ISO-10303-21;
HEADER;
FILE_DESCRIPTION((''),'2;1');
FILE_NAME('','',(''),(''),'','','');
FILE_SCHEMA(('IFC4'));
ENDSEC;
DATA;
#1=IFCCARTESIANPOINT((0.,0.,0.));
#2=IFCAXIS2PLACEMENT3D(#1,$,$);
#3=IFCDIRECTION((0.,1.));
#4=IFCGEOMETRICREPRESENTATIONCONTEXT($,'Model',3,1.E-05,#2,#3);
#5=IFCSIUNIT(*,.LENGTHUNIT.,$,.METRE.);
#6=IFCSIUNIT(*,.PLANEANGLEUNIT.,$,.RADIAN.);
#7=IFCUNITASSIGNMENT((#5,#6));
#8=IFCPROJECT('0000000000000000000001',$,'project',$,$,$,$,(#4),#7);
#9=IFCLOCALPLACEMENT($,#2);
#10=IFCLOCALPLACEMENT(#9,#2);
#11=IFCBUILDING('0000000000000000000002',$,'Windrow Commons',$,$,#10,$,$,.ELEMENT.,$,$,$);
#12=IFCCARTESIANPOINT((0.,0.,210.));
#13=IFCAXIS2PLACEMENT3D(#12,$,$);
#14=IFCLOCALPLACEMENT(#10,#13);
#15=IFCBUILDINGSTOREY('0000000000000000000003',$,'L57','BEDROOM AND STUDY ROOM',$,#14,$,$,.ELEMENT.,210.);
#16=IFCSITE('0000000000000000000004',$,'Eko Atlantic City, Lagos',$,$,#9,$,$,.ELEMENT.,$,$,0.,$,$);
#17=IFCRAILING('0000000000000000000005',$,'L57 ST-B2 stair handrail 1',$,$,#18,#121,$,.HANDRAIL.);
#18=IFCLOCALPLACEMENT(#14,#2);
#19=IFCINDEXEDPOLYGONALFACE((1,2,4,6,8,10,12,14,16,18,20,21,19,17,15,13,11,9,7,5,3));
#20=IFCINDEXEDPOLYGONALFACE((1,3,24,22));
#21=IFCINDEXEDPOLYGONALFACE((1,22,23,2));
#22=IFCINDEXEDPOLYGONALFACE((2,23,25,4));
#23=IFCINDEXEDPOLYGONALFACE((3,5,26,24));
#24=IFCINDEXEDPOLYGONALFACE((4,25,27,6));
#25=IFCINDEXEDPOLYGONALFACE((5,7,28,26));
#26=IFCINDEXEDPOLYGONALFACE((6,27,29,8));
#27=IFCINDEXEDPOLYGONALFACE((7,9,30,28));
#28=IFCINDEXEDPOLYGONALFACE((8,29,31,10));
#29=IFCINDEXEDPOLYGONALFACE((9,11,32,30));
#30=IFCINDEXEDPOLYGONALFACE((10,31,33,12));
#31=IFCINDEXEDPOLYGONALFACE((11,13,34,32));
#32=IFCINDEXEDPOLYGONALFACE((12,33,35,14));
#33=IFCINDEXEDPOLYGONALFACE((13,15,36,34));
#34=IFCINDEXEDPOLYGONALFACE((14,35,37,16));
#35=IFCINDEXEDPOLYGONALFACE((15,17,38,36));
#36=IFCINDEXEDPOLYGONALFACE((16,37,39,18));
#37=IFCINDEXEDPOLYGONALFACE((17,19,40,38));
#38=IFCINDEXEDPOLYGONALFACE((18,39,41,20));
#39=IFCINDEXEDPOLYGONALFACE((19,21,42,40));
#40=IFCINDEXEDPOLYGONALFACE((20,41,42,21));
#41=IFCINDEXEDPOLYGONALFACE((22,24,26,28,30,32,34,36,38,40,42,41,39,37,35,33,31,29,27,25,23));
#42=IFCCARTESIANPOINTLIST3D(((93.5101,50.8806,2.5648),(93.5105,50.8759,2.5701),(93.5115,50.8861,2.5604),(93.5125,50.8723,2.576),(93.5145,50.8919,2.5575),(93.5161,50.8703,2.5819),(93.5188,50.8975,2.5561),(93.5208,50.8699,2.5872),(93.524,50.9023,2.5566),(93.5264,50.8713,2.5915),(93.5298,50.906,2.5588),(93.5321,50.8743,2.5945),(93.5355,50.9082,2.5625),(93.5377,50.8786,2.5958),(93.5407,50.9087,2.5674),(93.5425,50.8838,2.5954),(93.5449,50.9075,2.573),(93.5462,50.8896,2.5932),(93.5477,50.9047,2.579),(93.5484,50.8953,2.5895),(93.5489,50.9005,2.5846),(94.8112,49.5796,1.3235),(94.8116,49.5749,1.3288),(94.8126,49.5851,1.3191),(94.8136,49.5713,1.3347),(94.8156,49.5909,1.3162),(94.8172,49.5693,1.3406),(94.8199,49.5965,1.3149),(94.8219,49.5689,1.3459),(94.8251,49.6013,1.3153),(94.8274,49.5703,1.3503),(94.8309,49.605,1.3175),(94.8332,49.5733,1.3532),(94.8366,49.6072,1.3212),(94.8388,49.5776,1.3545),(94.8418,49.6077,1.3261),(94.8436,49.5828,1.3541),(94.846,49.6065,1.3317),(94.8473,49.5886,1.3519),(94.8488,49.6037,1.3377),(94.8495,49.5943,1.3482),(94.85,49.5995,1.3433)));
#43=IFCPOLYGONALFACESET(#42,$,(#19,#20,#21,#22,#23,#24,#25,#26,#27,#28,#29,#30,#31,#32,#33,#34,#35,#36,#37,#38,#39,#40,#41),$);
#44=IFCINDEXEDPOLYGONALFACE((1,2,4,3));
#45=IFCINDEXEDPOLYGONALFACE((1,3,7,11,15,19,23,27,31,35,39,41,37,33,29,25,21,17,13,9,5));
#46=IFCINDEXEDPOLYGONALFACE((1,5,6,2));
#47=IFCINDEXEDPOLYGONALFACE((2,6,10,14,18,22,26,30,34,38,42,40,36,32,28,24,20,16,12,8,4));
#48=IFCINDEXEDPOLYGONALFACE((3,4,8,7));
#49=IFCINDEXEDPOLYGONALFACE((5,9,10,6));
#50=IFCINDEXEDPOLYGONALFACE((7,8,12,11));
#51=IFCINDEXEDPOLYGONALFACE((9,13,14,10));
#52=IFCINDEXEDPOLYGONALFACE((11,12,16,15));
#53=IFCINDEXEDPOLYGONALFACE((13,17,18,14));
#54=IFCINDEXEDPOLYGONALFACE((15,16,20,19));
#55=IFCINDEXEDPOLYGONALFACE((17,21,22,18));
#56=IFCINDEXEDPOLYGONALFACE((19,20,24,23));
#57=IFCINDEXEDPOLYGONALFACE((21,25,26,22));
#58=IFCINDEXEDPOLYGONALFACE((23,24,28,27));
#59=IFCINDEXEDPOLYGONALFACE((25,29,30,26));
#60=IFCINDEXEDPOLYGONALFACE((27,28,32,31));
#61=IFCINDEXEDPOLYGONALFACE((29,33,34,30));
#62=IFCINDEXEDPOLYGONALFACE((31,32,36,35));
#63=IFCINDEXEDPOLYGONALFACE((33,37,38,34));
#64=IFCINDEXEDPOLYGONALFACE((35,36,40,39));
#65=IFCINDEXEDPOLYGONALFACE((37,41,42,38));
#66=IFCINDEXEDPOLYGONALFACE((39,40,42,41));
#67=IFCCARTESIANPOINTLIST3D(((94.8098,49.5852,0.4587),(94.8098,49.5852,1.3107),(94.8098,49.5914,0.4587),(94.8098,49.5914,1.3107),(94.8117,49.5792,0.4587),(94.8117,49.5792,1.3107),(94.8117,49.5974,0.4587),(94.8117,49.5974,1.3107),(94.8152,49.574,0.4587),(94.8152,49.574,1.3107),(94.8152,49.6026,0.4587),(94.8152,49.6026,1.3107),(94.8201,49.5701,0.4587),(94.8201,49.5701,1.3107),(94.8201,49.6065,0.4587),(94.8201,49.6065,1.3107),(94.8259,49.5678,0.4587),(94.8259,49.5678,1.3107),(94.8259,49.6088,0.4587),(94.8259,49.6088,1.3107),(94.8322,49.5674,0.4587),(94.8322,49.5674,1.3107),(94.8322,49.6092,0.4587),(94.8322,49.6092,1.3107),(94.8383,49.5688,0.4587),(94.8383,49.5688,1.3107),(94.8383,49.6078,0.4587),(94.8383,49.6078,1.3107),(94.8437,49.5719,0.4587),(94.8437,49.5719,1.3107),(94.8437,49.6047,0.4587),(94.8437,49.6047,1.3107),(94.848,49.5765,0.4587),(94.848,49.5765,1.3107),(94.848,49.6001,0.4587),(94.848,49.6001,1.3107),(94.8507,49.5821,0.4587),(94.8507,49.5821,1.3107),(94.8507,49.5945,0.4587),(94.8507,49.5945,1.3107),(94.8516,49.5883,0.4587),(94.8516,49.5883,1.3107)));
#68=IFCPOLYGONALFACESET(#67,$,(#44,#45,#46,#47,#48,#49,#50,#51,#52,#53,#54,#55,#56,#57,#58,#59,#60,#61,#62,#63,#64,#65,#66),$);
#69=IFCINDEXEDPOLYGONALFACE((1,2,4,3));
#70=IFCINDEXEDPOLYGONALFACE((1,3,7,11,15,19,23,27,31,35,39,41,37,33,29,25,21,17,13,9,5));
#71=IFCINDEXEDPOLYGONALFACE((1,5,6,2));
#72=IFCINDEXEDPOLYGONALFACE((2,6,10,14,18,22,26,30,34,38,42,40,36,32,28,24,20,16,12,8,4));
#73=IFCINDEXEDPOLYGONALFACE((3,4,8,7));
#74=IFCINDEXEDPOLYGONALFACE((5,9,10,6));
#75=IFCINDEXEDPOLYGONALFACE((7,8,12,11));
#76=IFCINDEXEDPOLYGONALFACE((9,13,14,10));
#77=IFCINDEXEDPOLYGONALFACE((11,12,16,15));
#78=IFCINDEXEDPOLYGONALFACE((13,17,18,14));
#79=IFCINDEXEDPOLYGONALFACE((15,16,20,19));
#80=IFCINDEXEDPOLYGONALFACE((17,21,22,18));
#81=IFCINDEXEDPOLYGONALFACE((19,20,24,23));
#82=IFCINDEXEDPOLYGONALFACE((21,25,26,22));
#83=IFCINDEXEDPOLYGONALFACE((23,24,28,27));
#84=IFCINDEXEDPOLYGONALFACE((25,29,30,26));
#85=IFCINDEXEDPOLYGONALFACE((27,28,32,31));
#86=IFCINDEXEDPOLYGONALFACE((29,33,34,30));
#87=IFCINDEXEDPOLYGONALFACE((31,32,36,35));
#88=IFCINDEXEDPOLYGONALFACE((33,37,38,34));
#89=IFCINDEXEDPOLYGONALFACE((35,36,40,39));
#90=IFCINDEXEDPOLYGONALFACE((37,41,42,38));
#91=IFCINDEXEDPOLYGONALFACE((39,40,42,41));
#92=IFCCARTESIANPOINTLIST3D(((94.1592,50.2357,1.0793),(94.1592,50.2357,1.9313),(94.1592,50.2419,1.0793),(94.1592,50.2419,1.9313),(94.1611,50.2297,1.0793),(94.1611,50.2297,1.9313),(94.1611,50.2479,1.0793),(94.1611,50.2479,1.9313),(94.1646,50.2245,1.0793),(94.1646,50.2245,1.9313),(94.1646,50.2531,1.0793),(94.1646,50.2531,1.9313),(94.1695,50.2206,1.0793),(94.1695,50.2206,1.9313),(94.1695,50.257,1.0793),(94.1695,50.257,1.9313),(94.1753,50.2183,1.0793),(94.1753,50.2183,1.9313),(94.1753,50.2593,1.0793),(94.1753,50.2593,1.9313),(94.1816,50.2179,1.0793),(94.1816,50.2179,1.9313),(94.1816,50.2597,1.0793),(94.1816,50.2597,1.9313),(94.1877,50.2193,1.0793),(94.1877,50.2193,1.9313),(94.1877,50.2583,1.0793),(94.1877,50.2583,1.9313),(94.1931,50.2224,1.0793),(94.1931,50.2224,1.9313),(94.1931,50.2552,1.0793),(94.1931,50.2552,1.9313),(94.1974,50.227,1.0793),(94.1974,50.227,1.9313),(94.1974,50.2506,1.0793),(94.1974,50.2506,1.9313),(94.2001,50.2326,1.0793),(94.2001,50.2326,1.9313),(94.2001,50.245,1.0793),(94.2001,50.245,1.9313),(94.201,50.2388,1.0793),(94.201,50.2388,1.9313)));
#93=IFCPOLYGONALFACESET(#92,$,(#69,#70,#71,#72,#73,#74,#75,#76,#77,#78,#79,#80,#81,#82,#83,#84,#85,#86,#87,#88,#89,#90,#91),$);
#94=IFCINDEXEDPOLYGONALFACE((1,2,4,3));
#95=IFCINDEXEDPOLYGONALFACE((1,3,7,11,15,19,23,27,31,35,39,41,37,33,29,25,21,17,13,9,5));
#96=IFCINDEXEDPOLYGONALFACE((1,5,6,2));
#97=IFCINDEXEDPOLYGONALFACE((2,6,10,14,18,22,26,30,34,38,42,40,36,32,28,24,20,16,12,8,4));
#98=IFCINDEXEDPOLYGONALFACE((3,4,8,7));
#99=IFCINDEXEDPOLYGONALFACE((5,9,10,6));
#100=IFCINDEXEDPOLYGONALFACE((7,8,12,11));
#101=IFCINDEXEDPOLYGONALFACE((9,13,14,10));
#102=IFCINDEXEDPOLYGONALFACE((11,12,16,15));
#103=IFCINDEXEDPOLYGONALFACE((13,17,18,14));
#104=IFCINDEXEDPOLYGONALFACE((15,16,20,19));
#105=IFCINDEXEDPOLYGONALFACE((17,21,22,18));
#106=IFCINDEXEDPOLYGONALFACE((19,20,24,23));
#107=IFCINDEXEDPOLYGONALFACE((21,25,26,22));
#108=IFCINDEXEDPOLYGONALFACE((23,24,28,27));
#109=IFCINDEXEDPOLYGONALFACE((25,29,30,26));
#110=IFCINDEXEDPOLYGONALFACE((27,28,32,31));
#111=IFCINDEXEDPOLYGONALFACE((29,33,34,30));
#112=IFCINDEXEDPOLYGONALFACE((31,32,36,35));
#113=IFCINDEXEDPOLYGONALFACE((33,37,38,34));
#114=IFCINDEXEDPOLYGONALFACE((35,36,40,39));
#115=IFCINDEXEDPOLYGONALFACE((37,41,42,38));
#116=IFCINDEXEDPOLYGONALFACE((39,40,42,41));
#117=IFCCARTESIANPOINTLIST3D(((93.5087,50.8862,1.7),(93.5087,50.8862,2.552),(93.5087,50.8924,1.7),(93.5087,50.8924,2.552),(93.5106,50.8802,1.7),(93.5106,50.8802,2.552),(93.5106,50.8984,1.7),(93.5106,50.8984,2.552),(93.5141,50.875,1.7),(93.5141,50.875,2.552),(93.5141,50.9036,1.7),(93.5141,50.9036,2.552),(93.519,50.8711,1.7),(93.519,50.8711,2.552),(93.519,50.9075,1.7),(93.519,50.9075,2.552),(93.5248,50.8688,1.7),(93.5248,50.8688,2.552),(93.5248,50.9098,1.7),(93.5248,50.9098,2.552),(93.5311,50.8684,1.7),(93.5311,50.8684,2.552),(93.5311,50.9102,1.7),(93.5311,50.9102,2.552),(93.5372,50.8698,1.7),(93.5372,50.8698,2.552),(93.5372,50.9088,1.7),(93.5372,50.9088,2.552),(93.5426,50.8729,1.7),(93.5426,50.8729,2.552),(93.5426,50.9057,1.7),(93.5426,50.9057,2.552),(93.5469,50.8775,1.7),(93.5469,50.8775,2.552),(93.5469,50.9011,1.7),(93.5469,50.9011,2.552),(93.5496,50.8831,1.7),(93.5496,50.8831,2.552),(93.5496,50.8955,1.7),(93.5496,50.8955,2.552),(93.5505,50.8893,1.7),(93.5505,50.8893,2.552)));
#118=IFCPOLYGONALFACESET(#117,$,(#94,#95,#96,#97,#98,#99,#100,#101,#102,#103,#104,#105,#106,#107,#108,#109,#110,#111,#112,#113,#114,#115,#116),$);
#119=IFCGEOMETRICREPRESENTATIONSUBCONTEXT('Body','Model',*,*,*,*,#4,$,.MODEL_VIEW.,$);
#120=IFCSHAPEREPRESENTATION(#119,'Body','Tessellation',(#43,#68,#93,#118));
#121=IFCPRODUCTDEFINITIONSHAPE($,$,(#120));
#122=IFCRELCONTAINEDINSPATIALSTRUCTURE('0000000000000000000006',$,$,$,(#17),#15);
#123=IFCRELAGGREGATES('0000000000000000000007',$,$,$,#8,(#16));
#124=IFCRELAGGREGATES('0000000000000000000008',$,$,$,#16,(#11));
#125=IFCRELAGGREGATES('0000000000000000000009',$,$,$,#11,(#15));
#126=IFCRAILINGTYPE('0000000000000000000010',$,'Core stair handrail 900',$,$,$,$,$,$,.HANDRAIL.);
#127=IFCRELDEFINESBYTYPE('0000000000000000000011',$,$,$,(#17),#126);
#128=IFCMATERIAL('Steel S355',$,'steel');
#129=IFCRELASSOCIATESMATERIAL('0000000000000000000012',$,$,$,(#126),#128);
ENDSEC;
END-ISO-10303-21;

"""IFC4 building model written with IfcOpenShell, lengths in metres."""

from ifc_helpers import new_model, si_unit, direction, frame, origin, origin_2d, place, context, subcontext, project, spatial, circle, extrude, material, type_object, element, save


model = new_model("IFC4")

# Units and contexts
model_context = context("Model", 3, precision=1e-05, world=origin(), true_north=direction((0.0, 1.0)))
body_context = subcontext(model_context, "Body", "Model", "MODEL_VIEW")
ifc_project = project(units=[si_unit("LENGTHUNIT", "METRE"), si_unit("PLANEANGLEUNIT", "RADIAN")], contexts=[model_context])

# Site, building, storey
site_placement = place(None, origin())
site = spatial("IfcSite", under=ifc_project, at=site_placement, Name="Eko Atlantic City, Lagos", CompositionType="ELEMENT", RefElevation=0.0)
building_placement = place(site_placement, origin())
building = spatial("IfcBuilding", under=site, at=building_placement, Name="Windrow Commons", CompositionType="ELEMENT")
storey_placement = place(building_placement, frame((0.0, 0.0, 210.0)))
storey = spatial("IfcBuildingStorey", under=building, at=storey_placement, Name="L57", Description="BEDROOM AND STUDY ROOM", CompositionType="ELEMENT", Elevation=210.0)

# Railing
ifc_material_1 = material(Name="Steel S355", Category="steel")
railing_type_1 = type_object("IfcRailingType", Name="Core stair handrail 900", PredefinedType="HANDRAIL", material=ifc_material_1)
railing_1_placement = place(storey_placement, frame((94.8306, 49.5883, 0.4587)))
element("IfcRailing", 1, at=railing_1_placement, inside=storey, type_object=railing_type_1, Name="L57 ST-B2 stair handrail 1", PredefinedType="HANDRAIL", context=body_context, shape_type="SweptSolid", body=[
    extrude(circle(Radius=0.024, at=origin_2d()), frame((0.0, 0.0, 0.876), z_axis=(-0.586207, 0.586162, 0.559264), x_axis=(-0.70708, -0.707134, 0.0)), (0.0, 0.0, 1.0), 2.2195),
    extrude(circle(Radius=0.021, at=origin_2d()), origin(), (0.0, 0.0, 1.0), 0.852),
    extrude(circle(Radius=0.021, at=origin_2d()), frame((-0.6506, 0.6505, 0.6206)), (0.0, 0.0, 1.0), 0.852),
    extrude(circle(Radius=0.021, at=origin_2d()), frame((-1.3011, 1.301, 1.2413)), (0.0, 0.0, 1.0), 0.852),
])

save(model, "model.ifc")
